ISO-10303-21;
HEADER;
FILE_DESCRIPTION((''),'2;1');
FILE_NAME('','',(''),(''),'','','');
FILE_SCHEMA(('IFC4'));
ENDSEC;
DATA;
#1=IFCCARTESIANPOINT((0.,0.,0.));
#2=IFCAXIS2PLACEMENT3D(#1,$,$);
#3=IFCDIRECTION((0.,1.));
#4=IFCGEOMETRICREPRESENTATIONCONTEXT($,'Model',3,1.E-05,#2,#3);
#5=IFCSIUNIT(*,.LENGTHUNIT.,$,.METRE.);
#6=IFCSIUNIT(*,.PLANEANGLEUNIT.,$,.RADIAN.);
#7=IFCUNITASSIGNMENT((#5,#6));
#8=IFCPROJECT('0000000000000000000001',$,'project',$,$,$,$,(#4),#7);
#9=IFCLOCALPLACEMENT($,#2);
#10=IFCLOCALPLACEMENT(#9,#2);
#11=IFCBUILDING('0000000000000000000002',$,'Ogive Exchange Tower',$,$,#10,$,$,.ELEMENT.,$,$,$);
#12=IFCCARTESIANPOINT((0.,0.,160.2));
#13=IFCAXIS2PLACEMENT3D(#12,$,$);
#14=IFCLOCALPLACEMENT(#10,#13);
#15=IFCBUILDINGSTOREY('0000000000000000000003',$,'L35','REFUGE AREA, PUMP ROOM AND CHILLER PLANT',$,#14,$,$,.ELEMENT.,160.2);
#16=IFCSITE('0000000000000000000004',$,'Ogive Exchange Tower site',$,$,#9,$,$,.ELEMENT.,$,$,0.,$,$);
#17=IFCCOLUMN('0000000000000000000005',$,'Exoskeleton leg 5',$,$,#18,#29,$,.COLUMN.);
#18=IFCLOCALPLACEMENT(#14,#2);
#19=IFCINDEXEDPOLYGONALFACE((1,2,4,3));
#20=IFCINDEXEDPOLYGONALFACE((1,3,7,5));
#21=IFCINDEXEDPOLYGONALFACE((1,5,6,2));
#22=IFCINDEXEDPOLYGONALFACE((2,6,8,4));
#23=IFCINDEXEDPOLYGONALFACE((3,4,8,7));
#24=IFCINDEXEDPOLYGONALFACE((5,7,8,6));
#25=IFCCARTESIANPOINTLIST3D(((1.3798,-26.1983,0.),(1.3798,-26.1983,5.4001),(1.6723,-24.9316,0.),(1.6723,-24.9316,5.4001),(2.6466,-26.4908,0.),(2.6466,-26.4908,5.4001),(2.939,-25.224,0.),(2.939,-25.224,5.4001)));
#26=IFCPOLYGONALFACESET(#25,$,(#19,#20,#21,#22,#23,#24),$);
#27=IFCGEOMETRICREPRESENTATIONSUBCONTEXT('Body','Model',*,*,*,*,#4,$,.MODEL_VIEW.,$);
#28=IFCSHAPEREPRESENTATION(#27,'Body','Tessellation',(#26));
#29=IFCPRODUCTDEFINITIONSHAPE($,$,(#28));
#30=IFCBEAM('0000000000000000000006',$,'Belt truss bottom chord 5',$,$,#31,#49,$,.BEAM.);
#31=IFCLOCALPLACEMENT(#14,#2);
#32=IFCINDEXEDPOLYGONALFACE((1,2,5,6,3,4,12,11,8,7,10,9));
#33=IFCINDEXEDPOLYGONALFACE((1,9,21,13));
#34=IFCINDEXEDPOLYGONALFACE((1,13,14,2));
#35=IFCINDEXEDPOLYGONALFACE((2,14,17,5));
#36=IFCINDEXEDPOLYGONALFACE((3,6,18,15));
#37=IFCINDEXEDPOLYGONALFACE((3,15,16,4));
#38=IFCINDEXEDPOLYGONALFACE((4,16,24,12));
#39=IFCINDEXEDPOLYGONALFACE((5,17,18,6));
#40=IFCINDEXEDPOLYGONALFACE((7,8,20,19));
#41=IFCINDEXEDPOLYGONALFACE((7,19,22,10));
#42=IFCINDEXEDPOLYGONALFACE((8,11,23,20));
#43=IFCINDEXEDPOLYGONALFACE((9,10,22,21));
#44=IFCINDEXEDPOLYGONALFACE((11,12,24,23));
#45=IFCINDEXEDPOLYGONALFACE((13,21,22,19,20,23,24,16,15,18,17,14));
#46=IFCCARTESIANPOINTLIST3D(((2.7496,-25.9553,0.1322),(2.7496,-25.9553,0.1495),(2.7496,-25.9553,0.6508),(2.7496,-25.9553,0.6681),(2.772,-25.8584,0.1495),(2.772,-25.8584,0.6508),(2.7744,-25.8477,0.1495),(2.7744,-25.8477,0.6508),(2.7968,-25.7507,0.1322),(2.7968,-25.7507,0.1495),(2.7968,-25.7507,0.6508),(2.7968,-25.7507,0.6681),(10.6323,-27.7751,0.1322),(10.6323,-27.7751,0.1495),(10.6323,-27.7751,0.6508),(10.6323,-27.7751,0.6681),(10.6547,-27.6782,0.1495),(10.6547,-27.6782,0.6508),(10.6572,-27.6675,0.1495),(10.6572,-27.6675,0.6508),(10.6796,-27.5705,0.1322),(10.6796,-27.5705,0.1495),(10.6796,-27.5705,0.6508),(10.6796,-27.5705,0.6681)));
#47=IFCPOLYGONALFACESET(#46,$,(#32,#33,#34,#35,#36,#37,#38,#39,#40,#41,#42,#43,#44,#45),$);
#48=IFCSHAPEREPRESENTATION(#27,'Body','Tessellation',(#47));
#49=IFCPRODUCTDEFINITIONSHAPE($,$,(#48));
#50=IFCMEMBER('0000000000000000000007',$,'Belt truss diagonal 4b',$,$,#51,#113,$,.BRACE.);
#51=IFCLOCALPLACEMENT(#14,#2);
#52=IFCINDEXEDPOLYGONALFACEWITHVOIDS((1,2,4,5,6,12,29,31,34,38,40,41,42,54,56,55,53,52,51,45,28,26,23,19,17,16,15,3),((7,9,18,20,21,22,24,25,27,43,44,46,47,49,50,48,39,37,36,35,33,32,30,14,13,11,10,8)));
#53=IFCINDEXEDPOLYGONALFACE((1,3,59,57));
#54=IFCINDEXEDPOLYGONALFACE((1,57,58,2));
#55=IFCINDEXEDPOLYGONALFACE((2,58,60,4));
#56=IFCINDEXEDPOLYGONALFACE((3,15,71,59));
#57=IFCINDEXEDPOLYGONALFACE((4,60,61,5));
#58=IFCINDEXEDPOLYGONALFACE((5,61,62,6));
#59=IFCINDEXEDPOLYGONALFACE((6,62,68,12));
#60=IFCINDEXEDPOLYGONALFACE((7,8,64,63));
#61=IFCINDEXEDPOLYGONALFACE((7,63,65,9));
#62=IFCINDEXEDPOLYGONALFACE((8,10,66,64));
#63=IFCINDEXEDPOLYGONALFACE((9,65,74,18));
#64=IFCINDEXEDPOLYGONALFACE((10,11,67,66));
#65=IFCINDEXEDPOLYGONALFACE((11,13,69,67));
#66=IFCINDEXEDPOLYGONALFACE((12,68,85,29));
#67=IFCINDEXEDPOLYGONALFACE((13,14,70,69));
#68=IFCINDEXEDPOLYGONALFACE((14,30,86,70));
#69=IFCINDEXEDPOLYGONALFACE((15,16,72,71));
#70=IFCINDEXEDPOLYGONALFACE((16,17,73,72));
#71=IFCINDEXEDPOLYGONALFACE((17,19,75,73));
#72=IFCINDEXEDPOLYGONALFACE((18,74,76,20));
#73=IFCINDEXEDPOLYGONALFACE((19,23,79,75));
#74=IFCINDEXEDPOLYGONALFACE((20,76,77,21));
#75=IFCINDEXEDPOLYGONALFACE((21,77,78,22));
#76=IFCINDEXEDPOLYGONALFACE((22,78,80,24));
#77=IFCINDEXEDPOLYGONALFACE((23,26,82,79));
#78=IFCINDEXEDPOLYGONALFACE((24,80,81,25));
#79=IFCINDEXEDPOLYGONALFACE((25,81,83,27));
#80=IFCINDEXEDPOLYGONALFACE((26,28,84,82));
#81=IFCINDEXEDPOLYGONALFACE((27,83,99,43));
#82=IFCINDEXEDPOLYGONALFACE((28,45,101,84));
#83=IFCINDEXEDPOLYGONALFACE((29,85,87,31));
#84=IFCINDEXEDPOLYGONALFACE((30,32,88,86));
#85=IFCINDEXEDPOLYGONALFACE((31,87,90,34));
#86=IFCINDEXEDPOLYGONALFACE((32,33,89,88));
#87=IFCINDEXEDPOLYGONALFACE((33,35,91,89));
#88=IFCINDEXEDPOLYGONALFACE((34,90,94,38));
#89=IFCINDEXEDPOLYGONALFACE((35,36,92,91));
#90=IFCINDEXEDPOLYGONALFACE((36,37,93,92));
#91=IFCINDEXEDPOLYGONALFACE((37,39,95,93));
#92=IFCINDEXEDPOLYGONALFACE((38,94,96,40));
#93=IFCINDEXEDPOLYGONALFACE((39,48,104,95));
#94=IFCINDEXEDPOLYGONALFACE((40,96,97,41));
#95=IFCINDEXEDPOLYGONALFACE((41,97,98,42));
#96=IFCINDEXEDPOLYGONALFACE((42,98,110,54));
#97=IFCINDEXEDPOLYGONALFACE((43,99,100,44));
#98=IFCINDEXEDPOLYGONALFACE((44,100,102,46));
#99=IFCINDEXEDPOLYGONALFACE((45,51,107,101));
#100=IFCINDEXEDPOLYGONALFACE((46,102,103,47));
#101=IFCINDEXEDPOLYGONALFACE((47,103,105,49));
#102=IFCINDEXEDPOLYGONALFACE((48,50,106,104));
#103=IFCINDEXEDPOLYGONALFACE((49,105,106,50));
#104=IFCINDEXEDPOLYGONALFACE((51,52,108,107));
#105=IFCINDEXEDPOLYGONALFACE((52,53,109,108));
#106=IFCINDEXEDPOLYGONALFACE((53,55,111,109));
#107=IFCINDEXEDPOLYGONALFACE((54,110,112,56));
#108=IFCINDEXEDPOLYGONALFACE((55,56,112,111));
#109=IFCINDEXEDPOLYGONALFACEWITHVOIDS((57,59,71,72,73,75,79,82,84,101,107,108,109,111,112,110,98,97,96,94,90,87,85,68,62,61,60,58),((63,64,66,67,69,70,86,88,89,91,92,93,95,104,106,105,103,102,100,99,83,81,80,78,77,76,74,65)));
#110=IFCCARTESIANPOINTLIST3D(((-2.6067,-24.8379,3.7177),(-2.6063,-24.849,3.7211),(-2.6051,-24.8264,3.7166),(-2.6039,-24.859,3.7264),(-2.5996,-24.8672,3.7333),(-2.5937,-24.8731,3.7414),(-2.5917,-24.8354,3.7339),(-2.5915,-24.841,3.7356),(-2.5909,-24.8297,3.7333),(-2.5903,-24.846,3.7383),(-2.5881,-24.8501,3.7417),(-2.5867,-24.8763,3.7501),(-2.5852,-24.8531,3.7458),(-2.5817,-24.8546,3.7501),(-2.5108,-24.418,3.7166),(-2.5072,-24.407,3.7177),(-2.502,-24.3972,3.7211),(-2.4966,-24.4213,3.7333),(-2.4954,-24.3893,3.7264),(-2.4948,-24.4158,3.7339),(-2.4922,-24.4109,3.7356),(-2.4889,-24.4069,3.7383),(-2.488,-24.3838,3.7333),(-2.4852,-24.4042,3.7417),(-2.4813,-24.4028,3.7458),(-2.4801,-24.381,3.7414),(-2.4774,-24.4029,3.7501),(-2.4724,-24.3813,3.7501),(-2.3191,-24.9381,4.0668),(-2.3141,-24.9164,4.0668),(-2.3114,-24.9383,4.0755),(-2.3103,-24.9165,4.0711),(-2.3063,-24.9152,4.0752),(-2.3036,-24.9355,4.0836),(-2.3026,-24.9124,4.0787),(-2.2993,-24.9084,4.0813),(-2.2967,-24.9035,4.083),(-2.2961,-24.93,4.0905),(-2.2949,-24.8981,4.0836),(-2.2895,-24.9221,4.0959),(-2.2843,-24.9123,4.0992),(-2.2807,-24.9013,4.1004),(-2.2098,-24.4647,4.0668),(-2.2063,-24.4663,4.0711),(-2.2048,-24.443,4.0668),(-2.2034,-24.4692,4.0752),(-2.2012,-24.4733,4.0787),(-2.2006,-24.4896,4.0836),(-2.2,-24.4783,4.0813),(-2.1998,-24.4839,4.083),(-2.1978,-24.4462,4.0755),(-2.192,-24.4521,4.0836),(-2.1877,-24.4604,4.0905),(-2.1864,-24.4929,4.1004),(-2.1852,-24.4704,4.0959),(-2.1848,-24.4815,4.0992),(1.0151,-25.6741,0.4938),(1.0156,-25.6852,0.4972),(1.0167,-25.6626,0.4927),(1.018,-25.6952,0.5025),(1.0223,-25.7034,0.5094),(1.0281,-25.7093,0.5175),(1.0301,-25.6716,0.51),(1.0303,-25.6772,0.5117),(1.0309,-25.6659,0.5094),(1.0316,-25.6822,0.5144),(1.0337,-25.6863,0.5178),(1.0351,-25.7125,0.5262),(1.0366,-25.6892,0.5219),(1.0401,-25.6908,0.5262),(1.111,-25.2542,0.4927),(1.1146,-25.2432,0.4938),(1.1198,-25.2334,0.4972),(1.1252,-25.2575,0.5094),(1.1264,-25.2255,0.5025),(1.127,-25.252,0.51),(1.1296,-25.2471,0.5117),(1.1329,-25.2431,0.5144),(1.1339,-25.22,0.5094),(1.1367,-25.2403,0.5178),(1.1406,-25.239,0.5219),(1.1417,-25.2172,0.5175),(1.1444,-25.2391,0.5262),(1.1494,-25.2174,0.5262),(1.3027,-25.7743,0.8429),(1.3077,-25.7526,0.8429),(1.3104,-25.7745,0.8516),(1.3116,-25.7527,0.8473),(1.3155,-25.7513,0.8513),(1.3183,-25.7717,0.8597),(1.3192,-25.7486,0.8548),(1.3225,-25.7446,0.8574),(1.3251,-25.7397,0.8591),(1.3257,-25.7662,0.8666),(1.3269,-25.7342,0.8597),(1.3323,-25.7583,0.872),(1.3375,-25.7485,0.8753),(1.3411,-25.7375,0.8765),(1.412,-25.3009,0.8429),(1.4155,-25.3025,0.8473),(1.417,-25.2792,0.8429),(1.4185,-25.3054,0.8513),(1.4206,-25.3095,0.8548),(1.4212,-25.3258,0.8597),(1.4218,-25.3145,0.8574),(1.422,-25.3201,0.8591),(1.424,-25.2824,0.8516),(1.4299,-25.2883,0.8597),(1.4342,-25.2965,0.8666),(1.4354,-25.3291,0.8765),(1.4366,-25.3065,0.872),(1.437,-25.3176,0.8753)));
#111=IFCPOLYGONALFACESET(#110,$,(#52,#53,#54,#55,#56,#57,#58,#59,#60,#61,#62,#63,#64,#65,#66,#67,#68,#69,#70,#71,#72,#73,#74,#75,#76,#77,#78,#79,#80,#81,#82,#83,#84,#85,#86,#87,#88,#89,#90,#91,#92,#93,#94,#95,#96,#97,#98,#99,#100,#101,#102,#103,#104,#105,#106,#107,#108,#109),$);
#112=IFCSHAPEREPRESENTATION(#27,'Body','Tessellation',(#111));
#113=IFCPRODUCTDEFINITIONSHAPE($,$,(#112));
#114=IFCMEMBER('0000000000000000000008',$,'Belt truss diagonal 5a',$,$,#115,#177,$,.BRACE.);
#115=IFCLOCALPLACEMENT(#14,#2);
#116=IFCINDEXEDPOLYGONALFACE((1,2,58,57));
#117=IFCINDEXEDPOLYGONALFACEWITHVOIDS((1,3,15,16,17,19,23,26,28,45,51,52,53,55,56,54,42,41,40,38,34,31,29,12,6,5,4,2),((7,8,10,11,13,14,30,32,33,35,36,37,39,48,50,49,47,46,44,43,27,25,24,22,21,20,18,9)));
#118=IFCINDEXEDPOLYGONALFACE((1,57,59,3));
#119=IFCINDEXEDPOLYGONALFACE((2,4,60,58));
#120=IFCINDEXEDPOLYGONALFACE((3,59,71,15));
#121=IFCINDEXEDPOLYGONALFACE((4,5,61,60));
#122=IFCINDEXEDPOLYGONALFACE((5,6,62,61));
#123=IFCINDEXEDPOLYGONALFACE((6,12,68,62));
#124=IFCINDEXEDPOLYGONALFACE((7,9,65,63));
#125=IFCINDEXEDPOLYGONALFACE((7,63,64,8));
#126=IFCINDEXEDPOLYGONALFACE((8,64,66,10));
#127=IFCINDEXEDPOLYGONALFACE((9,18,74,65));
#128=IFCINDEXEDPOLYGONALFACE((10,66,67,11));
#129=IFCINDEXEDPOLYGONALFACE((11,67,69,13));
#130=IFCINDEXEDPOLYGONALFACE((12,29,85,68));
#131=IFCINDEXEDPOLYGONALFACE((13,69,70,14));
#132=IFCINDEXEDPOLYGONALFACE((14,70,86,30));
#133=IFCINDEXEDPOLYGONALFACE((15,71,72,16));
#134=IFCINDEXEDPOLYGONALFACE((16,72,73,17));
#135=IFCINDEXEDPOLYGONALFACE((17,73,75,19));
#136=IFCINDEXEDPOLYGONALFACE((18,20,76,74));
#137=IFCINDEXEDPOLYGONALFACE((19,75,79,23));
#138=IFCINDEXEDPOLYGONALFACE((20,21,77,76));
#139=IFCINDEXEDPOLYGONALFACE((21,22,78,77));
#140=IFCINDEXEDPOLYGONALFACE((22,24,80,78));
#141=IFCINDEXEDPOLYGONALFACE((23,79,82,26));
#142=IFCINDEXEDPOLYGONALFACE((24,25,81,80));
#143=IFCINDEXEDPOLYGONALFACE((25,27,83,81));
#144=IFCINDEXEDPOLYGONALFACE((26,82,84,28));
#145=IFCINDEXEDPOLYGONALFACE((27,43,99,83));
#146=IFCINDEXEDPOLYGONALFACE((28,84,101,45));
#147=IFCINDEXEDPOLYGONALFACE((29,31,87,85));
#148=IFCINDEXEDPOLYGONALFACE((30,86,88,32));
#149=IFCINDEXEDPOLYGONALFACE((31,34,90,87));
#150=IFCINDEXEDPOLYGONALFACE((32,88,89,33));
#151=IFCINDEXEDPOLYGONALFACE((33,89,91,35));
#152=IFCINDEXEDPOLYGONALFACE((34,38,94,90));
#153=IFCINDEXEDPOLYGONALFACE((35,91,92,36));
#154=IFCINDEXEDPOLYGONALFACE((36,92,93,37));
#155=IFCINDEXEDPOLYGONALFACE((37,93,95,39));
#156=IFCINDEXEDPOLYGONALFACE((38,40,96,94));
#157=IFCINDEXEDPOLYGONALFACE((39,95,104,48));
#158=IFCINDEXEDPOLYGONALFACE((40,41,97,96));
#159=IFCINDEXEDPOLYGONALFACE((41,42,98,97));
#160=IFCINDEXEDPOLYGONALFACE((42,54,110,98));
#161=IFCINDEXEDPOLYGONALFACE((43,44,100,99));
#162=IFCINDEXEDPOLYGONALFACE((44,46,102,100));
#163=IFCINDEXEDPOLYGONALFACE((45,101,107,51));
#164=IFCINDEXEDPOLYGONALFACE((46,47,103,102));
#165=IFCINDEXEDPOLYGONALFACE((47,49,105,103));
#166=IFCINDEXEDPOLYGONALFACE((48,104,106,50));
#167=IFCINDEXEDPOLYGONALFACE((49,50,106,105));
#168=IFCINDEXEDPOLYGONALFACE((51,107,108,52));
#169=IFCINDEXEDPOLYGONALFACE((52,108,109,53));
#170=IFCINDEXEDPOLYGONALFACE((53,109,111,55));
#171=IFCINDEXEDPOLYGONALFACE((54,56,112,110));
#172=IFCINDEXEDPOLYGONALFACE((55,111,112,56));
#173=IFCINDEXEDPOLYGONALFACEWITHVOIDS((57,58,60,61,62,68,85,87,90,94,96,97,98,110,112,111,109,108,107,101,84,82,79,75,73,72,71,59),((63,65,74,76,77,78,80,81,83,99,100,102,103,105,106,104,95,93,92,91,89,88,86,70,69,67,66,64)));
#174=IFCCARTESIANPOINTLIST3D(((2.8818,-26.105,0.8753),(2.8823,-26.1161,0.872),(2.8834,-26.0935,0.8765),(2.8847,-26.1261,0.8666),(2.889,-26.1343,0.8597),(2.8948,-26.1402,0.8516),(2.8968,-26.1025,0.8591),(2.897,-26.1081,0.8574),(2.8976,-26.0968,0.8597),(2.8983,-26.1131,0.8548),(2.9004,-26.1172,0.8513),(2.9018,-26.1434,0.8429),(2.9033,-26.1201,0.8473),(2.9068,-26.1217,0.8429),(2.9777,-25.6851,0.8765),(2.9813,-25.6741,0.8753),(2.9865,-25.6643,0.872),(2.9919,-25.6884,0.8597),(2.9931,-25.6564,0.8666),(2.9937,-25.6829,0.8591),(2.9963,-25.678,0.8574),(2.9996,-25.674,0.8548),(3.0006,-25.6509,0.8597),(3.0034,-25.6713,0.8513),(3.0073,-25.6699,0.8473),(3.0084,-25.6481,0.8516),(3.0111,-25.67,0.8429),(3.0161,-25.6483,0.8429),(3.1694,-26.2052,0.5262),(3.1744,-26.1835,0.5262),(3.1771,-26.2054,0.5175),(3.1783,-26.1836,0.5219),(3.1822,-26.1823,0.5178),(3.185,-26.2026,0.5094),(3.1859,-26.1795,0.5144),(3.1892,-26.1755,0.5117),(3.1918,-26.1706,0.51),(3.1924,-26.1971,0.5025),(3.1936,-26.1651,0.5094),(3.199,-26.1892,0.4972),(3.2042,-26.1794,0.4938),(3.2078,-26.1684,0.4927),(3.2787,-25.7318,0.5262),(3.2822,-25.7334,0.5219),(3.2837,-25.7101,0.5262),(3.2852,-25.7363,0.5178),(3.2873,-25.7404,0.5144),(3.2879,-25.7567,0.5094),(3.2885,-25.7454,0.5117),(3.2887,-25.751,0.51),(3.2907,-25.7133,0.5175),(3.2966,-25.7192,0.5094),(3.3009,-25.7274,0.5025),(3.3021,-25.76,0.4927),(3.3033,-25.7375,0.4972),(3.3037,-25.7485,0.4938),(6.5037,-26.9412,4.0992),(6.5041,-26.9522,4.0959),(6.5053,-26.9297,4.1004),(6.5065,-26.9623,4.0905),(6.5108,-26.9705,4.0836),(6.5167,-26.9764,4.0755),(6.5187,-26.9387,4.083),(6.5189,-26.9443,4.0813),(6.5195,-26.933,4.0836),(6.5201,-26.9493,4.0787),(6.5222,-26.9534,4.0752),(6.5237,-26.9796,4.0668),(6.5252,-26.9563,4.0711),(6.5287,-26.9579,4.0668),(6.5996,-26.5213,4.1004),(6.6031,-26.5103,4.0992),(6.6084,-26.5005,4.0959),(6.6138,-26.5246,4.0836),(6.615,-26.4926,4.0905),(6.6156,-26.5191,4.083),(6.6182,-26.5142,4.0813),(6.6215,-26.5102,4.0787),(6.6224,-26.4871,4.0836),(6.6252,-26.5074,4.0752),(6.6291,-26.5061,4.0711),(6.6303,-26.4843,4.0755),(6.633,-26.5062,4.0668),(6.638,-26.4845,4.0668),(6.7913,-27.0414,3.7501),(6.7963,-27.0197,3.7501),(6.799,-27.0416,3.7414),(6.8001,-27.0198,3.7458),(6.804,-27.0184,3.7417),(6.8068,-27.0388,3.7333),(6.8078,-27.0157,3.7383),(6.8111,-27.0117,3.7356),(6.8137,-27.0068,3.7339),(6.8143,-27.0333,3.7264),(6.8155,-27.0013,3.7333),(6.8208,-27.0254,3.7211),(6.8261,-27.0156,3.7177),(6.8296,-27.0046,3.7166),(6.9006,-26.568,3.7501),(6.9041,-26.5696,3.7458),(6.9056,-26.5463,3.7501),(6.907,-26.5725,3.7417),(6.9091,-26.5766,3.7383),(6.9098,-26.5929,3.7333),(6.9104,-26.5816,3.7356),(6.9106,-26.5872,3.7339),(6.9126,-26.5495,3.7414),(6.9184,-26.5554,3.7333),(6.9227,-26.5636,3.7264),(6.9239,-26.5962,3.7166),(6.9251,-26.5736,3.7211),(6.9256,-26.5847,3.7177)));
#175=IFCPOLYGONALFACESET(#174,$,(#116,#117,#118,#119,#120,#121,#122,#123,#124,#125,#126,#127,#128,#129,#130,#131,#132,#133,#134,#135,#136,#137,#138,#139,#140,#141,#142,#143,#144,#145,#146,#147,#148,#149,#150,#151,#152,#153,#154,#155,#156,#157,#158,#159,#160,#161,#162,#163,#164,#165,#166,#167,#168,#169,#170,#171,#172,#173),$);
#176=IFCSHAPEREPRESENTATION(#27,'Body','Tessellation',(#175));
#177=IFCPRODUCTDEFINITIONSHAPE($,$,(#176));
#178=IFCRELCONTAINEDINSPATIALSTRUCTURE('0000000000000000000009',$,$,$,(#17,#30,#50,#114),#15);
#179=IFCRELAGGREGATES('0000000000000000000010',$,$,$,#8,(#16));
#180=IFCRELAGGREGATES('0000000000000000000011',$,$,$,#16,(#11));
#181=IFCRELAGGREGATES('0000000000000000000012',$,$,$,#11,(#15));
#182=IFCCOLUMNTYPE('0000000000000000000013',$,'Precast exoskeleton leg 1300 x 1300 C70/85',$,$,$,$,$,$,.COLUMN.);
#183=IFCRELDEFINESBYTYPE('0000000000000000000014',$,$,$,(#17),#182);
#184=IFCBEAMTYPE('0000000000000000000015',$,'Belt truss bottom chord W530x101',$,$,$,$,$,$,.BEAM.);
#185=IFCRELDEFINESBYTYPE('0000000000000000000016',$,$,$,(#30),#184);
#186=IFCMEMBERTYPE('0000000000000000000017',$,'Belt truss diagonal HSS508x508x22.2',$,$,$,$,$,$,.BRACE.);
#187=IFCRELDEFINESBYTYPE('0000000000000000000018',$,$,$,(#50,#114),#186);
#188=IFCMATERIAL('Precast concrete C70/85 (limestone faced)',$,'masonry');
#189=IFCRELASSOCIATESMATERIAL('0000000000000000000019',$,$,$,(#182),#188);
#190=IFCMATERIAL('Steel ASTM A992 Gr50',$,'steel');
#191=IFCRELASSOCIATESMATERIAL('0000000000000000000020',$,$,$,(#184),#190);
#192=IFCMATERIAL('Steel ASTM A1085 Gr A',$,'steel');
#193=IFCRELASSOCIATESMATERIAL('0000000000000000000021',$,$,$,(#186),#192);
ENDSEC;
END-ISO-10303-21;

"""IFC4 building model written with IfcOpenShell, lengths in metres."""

from ifc_helpers import new_model, si_unit, direction, frame, origin, origin_2d, place, context, subcontext, project, spatial, rectangle, hollow_rectangle, i_section, extrude, material, material_profile, profile_set, type_object, element, save


model = new_model("IFC4")

# Units and contexts
model_context = context("Model", 3, precision=1e-05, world=origin(), true_north=direction((0.0, 1.0)))
body_context = subcontext(model_context, "Body", "Model", "MODEL_VIEW")
ifc_project = project(units=[si_unit("LENGTHUNIT", "METRE"), si_unit("PLANEANGLEUNIT", "RADIAN")], contexts=[model_context])

# Site, building, storey
site_placement = place(None, origin())
site = spatial("IfcSite", under=ifc_project, at=site_placement, Name="Ogive Exchange Tower site", CompositionType="ELEMENT", RefElevation=0.0)
building_placement = place(site_placement, origin())
building = spatial("IfcBuilding", under=site, at=building_placement, Name="Ogive Exchange Tower", CompositionType="ELEMENT")
storey_placement = place(building_placement, frame((0.0, 0.0, 160.2)))
storey = spatial("IfcBuildingStorey", under=building, at=storey_placement, Name="L35", Description="REFUGE AREA, PUMP ROOM AND CHILLER PLANT", CompositionType="ELEMENT", Elevation=160.2)

# Column
ifc_material_1 = material(Name="Precast concrete C70/85 (limestone faced)", Category="masonry")
ifc_material_profile_1 = material_profile(ifc_material_1, rectangle(XDim=1.3, YDim=1.3, at=origin_2d()), Name="1300 x 1300")
ifc_profile_set_1 = profile_set([ifc_material_profile_1], Name="Precast concrete C70/85 (limestone faced)")
column_type = type_object("IfcColumnType", Name="Precast exoskeleton leg 1300 x 1300 C70/85", PredefinedType="COLUMN", material=ifc_profile_set_1)
column_placement = place(storey_placement, frame((2.1594, -25.7112, 0.0), z_axis=(0.0, 0.0, 1.0), x_axis=(0.97437, -0.224951, 0.0)))
element("IfcColumn", 1, at=column_placement, inside=storey, type_object=column_type, Name="Exoskeleton leg 5", PredefinedType="COLUMN", context=body_context, shape_type="SweptSolid", body=[
    extrude(rectangle(XDim=1.3, YDim=1.3, at=origin_2d()), origin(), (0.0, 0.0, 1.0), 5.4001),
])

# Beam
ifc_material_2 = material(Name="Steel ASTM A992 Gr50", Category="steel")
ifc_material_profile_2 = material_profile(ifc_material_2, i_section(OverallWidth=0.21, OverallDepth=0.5359, WebThickness=0.011, FlangeThickness=0.0173, at=origin_2d()), Name="W530x101")
ifc_profile_set_2 = profile_set([ifc_material_profile_2], Name="Steel ASTM A992 Gr50")
beam_type_1 = type_object("IfcBeamType", Name="Belt truss bottom chord W530x101", PredefinedType="BEAM", material=ifc_profile_set_2)
beam_1_placement = place(storey_placement, frame((2.7732, -25.853, 0.4001), z_axis=(0.974372, -0.224943, 0.0), x_axis=(0.224943, 0.974372, 0.0)))
element("IfcBeam", 2, at=beam_1_placement, inside=storey, type_object=beam_type_1, Name="Belt truss bottom chord 5", PredefinedType="BEAM", context=body_context, shape_type="SweptSolid", body=[
    extrude(i_section(OverallWidth=0.21, OverallDepth=0.5359, WebThickness=0.011, FlangeThickness=0.0173, at=origin_2d()), origin(), (0.0, 0.0, 1.0), 8.0901),
])

# Members
ifc_material_3 = material(Name="Steel ASTM A1085 Gr A", Category="steel")
ifc_material_profile_3 = material_profile(ifc_material_3, hollow_rectangle(XDim=0.5081, YDim=0.5081, WallThickness=0.0222, InnerFilletRadius=0.0222, OuterFilletRadius=0.0444, at=origin_2d()), Name="HSS508x508x22.2")
ifc_profile_set_3 = profile_set([ifc_material_profile_3], Name="Steel ASTM A1085 Gr A")
member_type_1 = type_object("IfcMemberType", Name="Belt truss diagonal HSS508x508x22.2", PredefinedType="BRACE", material=ifc_profile_set_3)
for number, where, z_axis, x_axis, name in (
    (3, (1.2261, -25.4958, 0.6846), (-0.736086, 0.169942, 0.655208), (-0.224955, -0.974369, 0.0), "Belt truss diagonal 4b"),
    (4, (3.0928, -25.9268, 0.6846), (0.736086, -0.169942, 0.655208), (0.224955, 0.974369, 0.0), "Belt truss diagonal 5a"),
):
    element("IfcMember", number, at=place(storey_placement, frame(where, z_axis=z_axis, x_axis=x_axis)), inside=storey, type_object=member_type_1, Name=name, PredefinedType="BRACE", context=body_context, shape_type="SweptSolid", body=[
        extrude(hollow_rectangle(XDim=0.5081, YDim=0.5081, WallThickness=0.0222, InnerFilletRadius=0.0222, OuterFilletRadius=0.0444, at=origin_2d()), origin(), (0.0, 0.0, 1.0), 4.9204),
    ])

save(model, "model.ifc")
